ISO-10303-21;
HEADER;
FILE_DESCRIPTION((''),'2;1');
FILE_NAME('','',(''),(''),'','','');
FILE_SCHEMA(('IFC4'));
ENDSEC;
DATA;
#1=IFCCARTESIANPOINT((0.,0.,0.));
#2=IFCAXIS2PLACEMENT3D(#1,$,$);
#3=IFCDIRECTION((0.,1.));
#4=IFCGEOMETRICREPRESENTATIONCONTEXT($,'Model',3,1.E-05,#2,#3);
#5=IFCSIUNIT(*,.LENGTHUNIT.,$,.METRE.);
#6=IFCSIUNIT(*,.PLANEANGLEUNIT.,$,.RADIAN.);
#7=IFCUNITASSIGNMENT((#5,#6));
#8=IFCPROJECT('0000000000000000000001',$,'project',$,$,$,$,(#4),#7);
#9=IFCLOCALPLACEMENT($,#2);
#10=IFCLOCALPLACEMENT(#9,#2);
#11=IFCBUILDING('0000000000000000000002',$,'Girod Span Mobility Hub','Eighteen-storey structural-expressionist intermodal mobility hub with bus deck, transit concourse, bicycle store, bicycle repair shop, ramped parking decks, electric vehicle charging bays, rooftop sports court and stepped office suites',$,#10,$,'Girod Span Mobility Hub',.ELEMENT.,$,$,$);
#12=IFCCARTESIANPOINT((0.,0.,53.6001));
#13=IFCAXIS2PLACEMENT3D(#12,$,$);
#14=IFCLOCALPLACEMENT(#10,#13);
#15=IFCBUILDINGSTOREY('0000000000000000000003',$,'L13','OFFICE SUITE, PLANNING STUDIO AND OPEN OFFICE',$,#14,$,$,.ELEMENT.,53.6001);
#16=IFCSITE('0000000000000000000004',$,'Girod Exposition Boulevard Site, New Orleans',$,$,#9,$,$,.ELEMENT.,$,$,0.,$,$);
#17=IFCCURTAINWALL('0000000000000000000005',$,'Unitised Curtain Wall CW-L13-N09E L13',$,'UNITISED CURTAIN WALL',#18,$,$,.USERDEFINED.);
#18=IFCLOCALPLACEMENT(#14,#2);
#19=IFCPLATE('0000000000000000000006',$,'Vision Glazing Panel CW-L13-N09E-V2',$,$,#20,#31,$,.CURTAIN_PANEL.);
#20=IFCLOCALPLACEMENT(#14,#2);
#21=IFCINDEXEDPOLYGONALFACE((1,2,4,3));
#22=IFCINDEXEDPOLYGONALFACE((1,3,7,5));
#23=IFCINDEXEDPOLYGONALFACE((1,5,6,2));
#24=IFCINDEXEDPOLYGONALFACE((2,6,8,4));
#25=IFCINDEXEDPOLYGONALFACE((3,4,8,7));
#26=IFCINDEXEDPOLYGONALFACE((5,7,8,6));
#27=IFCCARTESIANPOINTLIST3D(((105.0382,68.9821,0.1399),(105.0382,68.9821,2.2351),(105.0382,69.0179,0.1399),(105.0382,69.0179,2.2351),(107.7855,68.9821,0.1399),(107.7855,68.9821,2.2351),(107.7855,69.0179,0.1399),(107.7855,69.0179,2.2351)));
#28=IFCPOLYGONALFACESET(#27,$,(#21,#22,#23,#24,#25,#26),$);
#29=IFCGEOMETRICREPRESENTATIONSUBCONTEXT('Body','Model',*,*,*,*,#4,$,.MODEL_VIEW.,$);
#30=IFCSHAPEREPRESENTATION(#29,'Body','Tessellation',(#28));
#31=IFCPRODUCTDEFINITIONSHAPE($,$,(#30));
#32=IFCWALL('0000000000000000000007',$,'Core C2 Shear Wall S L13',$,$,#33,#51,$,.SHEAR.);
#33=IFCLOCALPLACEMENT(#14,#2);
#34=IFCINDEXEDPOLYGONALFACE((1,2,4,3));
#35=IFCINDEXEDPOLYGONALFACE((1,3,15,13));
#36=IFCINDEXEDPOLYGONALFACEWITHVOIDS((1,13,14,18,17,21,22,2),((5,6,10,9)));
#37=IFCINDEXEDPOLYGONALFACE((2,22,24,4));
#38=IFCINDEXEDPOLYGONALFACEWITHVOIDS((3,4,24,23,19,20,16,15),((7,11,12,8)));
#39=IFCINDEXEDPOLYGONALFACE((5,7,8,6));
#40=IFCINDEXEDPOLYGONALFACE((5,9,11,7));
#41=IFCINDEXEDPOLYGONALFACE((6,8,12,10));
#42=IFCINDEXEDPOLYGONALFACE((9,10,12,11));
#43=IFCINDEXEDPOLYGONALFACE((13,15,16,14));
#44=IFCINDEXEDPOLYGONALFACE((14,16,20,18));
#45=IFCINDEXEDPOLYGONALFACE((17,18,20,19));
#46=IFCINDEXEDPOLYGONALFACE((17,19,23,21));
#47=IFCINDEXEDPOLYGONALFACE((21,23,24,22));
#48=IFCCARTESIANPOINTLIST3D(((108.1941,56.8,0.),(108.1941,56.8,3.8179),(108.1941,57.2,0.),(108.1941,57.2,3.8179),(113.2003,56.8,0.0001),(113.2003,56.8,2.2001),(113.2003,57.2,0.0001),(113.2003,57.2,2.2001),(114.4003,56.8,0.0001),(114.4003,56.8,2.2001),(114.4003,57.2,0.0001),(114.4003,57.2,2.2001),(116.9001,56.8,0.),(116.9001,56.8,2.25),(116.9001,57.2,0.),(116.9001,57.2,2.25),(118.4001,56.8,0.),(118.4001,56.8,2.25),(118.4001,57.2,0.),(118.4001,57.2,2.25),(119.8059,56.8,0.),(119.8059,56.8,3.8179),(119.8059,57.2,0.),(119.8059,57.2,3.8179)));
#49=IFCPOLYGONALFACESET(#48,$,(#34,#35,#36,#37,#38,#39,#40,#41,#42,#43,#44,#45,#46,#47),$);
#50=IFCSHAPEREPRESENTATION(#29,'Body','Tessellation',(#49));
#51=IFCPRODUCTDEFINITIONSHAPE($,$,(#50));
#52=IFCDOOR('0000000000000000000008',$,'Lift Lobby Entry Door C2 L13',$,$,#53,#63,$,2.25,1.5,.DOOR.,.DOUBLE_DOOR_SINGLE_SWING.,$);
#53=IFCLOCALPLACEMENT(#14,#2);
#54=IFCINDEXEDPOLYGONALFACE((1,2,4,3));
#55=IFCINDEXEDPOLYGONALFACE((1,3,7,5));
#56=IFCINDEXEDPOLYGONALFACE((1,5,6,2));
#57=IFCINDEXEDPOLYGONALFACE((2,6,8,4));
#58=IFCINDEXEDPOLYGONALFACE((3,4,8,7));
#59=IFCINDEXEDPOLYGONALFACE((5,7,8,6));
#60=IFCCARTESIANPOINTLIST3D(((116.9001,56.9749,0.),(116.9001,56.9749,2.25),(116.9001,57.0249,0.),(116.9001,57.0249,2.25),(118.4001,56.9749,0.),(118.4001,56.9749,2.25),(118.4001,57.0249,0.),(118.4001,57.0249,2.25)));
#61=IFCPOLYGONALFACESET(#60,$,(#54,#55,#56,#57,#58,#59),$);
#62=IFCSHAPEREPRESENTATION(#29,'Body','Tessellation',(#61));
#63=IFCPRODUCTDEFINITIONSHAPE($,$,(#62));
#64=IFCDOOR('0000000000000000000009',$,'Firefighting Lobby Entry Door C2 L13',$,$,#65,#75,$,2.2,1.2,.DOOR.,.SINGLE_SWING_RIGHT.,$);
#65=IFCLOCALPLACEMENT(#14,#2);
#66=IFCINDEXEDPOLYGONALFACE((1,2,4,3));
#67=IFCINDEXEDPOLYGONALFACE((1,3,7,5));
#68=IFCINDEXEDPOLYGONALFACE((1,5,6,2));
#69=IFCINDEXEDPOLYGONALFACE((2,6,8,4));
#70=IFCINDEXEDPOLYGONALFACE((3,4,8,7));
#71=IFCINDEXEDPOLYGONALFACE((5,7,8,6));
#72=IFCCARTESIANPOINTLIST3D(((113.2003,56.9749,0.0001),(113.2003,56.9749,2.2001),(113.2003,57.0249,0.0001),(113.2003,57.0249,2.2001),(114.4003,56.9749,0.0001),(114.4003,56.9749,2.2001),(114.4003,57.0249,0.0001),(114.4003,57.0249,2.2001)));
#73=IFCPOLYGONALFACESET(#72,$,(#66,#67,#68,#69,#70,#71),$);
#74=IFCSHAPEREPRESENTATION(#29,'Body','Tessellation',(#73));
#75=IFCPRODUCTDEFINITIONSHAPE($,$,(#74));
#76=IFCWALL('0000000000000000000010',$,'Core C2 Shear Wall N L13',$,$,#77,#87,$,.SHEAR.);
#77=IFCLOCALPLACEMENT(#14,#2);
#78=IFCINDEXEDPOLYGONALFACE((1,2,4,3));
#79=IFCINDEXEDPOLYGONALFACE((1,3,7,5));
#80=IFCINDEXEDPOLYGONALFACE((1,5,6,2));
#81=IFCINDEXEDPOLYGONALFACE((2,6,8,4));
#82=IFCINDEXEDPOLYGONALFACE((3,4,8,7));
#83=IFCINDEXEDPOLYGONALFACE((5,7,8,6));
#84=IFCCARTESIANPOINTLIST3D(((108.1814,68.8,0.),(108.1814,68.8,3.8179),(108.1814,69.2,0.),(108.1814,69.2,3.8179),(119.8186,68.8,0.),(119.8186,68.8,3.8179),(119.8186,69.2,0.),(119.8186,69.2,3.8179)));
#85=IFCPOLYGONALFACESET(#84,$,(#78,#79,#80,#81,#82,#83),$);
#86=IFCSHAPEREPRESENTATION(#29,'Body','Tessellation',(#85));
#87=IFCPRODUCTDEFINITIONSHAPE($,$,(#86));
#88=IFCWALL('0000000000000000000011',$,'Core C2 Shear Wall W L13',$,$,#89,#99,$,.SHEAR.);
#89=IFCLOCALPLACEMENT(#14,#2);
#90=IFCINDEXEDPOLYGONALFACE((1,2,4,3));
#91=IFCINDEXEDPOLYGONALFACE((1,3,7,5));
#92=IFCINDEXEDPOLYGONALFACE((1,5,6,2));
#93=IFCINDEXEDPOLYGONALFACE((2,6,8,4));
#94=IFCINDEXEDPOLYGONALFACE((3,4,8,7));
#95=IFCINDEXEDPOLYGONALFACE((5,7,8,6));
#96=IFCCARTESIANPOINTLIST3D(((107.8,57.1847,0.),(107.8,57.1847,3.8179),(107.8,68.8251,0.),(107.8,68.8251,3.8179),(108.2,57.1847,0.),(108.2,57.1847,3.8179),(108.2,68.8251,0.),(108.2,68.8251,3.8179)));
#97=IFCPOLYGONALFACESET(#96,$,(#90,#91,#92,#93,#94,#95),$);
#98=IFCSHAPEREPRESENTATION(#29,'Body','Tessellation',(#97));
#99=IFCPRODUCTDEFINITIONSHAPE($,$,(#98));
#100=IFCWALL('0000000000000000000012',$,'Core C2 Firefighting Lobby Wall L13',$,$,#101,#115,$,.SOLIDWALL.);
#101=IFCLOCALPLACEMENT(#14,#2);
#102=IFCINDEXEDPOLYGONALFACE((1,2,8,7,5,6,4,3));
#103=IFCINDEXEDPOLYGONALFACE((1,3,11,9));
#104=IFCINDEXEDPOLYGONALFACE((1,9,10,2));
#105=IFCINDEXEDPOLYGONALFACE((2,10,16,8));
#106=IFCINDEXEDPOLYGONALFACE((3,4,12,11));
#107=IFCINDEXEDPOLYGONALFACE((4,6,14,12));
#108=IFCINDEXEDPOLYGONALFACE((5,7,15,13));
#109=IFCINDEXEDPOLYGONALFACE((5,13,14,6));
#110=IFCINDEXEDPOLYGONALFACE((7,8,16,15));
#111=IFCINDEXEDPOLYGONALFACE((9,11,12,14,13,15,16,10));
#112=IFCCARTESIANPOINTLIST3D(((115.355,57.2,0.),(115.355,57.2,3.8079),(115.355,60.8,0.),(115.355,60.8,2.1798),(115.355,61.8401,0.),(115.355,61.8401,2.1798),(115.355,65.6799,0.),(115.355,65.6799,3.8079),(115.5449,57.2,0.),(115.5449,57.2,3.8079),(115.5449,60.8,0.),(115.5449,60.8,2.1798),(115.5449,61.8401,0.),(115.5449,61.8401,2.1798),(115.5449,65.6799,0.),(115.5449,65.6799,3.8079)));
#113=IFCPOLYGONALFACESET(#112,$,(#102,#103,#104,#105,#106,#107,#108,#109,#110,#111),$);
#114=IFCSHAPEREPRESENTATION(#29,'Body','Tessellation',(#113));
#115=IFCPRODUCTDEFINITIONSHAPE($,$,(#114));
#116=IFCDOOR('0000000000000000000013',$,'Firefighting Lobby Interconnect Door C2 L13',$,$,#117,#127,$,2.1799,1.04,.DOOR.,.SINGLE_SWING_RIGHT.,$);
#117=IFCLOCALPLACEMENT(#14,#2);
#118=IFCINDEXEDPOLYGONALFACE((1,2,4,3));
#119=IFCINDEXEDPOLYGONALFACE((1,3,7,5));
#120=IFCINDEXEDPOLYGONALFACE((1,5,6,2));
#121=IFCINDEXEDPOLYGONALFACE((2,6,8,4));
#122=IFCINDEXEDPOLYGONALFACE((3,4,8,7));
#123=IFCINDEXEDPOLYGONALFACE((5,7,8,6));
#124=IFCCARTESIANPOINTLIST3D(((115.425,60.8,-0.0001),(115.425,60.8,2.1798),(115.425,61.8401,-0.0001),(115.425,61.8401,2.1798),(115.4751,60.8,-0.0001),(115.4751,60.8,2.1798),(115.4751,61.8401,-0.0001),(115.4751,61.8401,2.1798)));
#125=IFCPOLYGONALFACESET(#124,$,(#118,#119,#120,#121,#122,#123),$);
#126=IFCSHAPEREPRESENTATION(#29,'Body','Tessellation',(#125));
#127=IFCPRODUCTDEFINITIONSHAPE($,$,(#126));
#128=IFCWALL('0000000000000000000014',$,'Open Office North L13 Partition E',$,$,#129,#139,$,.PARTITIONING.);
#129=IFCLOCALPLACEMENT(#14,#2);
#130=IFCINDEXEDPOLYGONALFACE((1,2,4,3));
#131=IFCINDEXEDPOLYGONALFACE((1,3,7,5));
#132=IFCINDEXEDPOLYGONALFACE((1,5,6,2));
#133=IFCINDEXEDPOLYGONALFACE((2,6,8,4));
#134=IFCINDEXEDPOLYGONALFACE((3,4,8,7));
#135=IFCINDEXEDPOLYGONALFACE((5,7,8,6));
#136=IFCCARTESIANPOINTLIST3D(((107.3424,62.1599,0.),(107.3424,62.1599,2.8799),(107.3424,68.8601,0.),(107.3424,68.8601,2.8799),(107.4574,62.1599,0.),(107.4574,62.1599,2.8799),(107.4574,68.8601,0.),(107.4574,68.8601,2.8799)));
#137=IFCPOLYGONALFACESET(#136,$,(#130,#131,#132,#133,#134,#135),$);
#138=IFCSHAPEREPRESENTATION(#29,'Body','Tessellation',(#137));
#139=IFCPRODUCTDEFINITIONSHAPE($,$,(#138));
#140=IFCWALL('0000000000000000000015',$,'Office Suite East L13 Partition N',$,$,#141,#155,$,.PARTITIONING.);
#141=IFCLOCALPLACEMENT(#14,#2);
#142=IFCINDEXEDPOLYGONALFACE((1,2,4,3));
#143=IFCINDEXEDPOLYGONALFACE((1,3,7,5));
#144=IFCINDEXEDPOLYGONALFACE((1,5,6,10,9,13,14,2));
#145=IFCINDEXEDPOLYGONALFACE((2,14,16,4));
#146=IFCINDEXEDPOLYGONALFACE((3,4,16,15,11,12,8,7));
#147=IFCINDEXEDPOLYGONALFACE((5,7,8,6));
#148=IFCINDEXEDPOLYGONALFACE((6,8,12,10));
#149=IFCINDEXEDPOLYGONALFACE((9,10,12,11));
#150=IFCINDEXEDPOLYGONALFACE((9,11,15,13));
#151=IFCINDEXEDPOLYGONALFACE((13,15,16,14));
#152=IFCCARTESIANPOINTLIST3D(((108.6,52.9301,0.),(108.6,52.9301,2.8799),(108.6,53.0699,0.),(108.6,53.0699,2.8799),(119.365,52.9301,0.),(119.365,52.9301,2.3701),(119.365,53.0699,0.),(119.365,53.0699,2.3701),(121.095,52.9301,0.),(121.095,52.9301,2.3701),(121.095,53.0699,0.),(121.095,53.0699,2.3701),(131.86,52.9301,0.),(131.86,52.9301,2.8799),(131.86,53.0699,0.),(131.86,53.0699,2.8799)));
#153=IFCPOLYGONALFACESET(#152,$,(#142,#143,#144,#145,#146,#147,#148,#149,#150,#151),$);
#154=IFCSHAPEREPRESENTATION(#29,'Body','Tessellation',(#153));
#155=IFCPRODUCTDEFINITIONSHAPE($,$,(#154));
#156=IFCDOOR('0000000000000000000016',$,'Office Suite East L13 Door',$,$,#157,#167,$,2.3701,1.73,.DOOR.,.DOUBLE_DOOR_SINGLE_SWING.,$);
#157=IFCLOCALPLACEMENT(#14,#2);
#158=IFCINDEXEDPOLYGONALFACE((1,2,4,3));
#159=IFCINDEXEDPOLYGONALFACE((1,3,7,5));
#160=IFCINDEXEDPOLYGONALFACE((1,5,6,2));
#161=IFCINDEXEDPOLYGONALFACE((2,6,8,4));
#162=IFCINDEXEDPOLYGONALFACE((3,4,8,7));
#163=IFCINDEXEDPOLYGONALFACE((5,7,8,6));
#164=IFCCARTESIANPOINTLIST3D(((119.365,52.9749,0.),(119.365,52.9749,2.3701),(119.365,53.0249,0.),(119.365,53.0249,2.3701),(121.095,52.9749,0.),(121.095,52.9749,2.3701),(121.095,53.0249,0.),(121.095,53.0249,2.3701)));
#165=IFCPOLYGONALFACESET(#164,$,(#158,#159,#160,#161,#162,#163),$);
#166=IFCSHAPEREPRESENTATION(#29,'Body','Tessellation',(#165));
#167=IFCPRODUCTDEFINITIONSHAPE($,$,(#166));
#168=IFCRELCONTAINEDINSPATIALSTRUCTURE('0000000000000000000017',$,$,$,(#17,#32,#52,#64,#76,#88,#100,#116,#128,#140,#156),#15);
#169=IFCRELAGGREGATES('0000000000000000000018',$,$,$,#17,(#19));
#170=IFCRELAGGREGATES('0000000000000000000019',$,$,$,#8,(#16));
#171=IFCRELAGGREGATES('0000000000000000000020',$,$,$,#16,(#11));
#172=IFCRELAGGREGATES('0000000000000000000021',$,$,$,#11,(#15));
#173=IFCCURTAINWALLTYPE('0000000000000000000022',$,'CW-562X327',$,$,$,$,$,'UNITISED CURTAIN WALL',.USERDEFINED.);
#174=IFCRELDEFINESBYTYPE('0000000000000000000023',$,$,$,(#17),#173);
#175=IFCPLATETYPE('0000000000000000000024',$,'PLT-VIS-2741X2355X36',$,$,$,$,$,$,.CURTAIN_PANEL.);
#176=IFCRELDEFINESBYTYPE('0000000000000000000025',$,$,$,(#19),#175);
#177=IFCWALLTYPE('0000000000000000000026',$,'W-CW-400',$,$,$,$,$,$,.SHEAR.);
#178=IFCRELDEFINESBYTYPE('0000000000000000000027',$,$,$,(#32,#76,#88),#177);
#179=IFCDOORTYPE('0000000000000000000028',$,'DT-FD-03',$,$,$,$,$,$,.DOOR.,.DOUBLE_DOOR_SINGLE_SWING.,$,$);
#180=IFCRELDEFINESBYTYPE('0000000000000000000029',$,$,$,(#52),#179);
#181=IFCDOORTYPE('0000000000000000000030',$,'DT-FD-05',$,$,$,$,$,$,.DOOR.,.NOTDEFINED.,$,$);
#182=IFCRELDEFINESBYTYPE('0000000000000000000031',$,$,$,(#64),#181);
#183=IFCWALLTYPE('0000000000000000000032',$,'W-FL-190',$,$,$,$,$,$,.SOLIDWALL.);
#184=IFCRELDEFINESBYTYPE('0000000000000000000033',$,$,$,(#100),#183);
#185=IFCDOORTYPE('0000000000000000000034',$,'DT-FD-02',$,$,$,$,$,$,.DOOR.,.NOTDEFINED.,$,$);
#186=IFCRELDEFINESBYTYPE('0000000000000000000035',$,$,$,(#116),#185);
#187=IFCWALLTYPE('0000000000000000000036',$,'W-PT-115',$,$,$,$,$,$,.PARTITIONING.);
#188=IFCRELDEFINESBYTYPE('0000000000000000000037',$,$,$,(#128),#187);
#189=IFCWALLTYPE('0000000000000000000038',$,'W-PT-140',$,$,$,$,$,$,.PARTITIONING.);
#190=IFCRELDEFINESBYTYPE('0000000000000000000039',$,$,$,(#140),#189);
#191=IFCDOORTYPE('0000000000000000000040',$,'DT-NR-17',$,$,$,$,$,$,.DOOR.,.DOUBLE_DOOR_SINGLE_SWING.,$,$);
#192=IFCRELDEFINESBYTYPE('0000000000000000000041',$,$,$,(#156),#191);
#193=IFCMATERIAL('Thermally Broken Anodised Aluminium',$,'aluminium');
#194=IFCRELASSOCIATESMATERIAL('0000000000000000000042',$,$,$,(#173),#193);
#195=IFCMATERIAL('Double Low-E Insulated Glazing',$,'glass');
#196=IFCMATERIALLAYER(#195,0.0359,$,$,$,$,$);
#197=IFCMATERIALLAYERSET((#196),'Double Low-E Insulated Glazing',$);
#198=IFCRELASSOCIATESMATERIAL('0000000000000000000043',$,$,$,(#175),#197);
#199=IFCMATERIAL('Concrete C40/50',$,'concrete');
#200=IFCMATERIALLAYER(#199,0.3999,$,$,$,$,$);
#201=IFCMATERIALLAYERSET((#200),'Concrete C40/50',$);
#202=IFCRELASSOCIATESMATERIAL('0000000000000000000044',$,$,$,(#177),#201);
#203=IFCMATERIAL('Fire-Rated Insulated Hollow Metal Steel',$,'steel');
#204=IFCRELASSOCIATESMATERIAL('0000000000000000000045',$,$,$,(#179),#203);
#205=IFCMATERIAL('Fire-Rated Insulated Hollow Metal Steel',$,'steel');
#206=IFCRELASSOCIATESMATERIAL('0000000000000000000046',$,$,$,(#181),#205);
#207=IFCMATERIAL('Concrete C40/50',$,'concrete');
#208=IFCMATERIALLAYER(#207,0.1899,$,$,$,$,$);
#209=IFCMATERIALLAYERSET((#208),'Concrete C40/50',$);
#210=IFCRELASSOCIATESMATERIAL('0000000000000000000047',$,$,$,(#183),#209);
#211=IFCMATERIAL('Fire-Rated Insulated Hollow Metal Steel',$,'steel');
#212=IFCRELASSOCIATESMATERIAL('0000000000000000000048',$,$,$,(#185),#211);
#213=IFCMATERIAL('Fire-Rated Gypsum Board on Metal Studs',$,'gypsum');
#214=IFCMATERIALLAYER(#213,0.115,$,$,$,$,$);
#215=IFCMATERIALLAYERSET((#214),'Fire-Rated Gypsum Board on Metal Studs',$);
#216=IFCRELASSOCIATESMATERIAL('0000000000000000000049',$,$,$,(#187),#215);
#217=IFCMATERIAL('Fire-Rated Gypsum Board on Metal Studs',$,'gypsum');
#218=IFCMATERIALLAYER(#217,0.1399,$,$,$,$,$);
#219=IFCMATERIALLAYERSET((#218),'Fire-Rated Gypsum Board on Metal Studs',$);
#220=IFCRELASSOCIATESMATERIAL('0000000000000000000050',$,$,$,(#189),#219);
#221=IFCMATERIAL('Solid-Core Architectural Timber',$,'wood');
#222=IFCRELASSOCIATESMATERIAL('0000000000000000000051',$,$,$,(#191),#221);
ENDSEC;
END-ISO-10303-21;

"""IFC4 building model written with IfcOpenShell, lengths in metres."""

from ifc_helpers import new_model, si_unit, direction, frame, frame_2d, origin, origin_2d, place, context, subcontext, project, spatial, rectangle, extrude, material, layer, layer_set, type_object, element, fill, aggregate, save


model = new_model("IFC4")

# Units and contexts
model_context = context("Model", 3, precision=1e-05, world=origin(), true_north=direction((0.0, 1.0)))
body_context = subcontext(model_context, "Body", "Model", "MODEL_VIEW")
ifc_project = project(units=[si_unit("LENGTHUNIT", "METRE"), si_unit("PLANEANGLEUNIT", "RADIAN")], contexts=[model_context])

# Site, building, storey
site_placement = place(None, origin())
site = spatial("IfcSite", under=ifc_project, at=site_placement, Name="Girod Exposition Boulevard Site, New Orleans", CompositionType="ELEMENT", RefElevation=0.0)
building_placement = place(site_placement, origin())
building = spatial("IfcBuilding", under=site, at=building_placement, Name="Girod Span Mobility Hub", Description="Eighteen-storey structural-expressionist intermodal mobility hub with bus deck, transit concourse, bicycle store, bicycle repair shop, ramped parking decks, electric vehicle charging bays, rooftop sports court and stepped office suites", LongName="Girod Span Mobility Hub", CompositionType="ELEMENT")
storey_placement = place(building_placement, frame((0.0, 0.0, 53.6001)))
storey = spatial("IfcBuildingStorey", under=building, at=storey_placement, Name="L13", Description="OFFICE SUITE, PLANNING STUDIO AND OPEN OFFICE", CompositionType="ELEMENT", Elevation=53.6001)

# Curtain wall, plate
ifc_material_1 = material(Name="Thermally Broken Anodised Aluminium", Category="aluminium")
curtain_wall_type = type_object("IfcCurtainWallType", Name="CW-562X327", ElementType="UNITISED CURTAIN WALL", PredefinedType="USERDEFINED", material=ifc_material_1)
curtain_wall_placement = place(storey_placement, origin())
curtain_wall = element("IfcCurtainWall", 1, at=curtain_wall_placement, inside=storey, type_object=curtain_wall_type, Name="Unitised Curtain Wall CW-L13-N09E L13", ObjectType="UNITISED CURTAIN WALL", PredefinedType="USERDEFINED")
ifc_material_2 = material(Name="Double Low-E Insulated Glazing", Category="glass")
ifc_layer_1 = layer(ifc_material_2, 0.0359)
ifc_layer_set_1 = layer_set([ifc_layer_1], Name="Double Low-E Insulated Glazing")
plate_type = type_object("IfcPlateType", Name="PLT-VIS-2741X2355X36", PredefinedType="CURTAIN_PANEL", material=ifc_layer_set_1)
plate_placement = place(storey_placement, frame((106.4119, 69.0, 0.1399), z_axis=(0.0, 0.0, 1.0), x_axis=(1.0, 0.0, 0.0)))
plate = element("IfcPlate", 2, at=plate_placement, type_object=plate_type, Name="Vision Glazing Panel CW-L13-N09E-V2", PredefinedType="CURTAIN_PANEL", context=body_context, shape_type="SweptSolid", body=[
    extrude(rectangle(XDim=2.7473, YDim=0.0359, at=origin_2d()), origin(), (0.0, 0.0, 1.0), 2.0952),
])
aggregate(curtain_wall, [plate])

# Wall, openings, doors
ifc_material_3 = material(Name="Concrete C40/50", Category="concrete")
ifc_layer_2 = layer(ifc_material_3, 0.3999)
ifc_layer_set_2 = layer_set([ifc_layer_2], Name="Concrete C40/50")
wall_type_1 = type_object("IfcWallType", Name="W-CW-400", PredefinedType="SHEAR", material=ifc_layer_set_2)
wall_1_placement = place(storey_placement, frame((108.1941, 57.0, 0.0), z_axis=(0.0, 0.0, 1.0), x_axis=(1.0, 0.0, 0.0)))
wall_1 = element("IfcWall", 3, at=wall_1_placement, inside=storey, type_object=wall_type_1, Name="Core C2 Shear Wall S L13", PredefinedType="SHEAR", context=body_context, shape_type="SweptSolid", body=[
    extrude(rectangle(XDim=11.6118, YDim=0.3999, at=frame_2d((5.8059, 0.0))), origin(), (0.0, 0.0, 1.0), 3.8179),
])
opening_1_placement = place(wall_1_placement, frame((5.0061, 0.0, 0.0)))
opening_1 = element("IfcOpeningElement", 4, at=opening_1_placement, cuts=wall_1, PredefinedType="OPENING", context=body_context, shape_type="SweptSolid", body=[
    extrude(rectangle(XDim=1.2, YDim=2.2, at=frame_2d((0.6001, 1.1001))), frame((0.0, 0.2148, 0.0), z_axis=(0.0, -1.0, 0.0), x_axis=(1.0, 0.0, 0.0)), (0.0, 0.0, 1.0), 0.4299),
])
opening_2_placement = place(wall_1_placement, frame((8.7061, 0.0, 0.0)))
opening_2 = element("IfcOpeningElement", 5, at=opening_2_placement, cuts=wall_1, PredefinedType="OPENING", context=body_context, shape_type="SweptSolid", body=[
    extrude(rectangle(XDim=1.5, YDim=2.25, at=frame_2d((0.75, 1.125))), frame((0.0, 0.2148, 0.0), z_axis=(0.0, -1.0, 0.0), x_axis=(1.0, 0.0, 0.0)), (0.0, 0.0, 1.0), 0.4299),
])
ifc_material_4 = material(Name="Fire-Rated Insulated Hollow Metal Steel", Category="steel")
door_type_1 = type_object("IfcDoorType", Name="DT-FD-03", OperationType="DOUBLE_DOOR_SINGLE_SWING", PredefinedType="DOOR", material=ifc_material_4)
door_1_placement = place(opening_2_placement, origin())
door_1 = element("IfcDoor", 6, at=door_1_placement, inside=storey, type_object=door_type_1, Name="Lift Lobby Entry Door C2 L13", OperationType="DOUBLE_DOOR_SINGLE_SWING", OverallHeight=2.25, OverallWidth=1.5, PredefinedType="DOOR", context=body_context, shape_type="SweptSolid", body=[
    extrude(rectangle(XDim=1.5, YDim=2.25, at=frame_2d((0.75, 1.125))), frame((0.0, 0.0249, 0.0), z_axis=(0.0, -1.0, 0.0), x_axis=(1.0, 0.0, 0.0)), (0.0, 0.0, 1.0), 0.05),
])
fill(opening_2, door_1)
ifc_material_5 = material(Name="Fire-Rated Insulated Hollow Metal Steel", Category="steel")
door_type_2 = type_object("IfcDoorType", Name="DT-FD-05", OperationType="NOTDEFINED", PredefinedType="DOOR", material=ifc_material_5)
door_2_placement = place(opening_1_placement, origin())
door_2 = element("IfcDoor", 7, at=door_2_placement, inside=storey, type_object=door_type_2, Name="Firefighting Lobby Entry Door C2 L13", OperationType="SINGLE_SWING_RIGHT", OverallHeight=2.2, OverallWidth=1.2, PredefinedType="DOOR", context=body_context, shape_type="SweptSolid", body=[
    extrude(rectangle(XDim=1.2, YDim=2.2, at=frame_2d((0.6001, 1.1001))), frame((0.0, 0.0249, 0.0), z_axis=(0.0, -1.0, 0.0), x_axis=(1.0, 0.0, 0.0)), (0.0, 0.0, 1.0), 0.05),
])
fill(opening_1, door_2)

# Walls
wall_2_placement = place(storey_placement, frame((108.1814, 69.0, 0.0), z_axis=(0.0, 0.0, 1.0), x_axis=(1.0, 0.0, 0.0)))
element("IfcWall", 8, at=wall_2_placement, inside=storey, type_object=wall_type_1, Name="Core C2 Shear Wall N L13", PredefinedType="SHEAR", context=body_context, shape_type="SweptSolid", body=[
    extrude(rectangle(XDim=11.6372, YDim=0.3999, at=frame_2d((5.8186, 0.0))), origin(), (0.0, 0.0, 1.0), 3.8179),
])
wall_3_placement = place(storey_placement, frame((108.0, 57.1846, 0.0), z_axis=(0.0, 0.0, 1.0), x_axis=(0.0, 1.0, 0.0)))
element("IfcWall", 9, at=wall_3_placement, inside=storey, type_object=wall_type_1, Name="Core C2 Shear Wall W L13", PredefinedType="SHEAR", context=body_context, shape_type="SweptSolid", body=[
    extrude(rectangle(XDim=11.6404, YDim=0.3999, at=frame_2d((5.8203, 0.0))), origin(), (0.0, 0.0, 1.0), 3.8179),
])

# Wall, opening, door
ifc_material_6 = material(Name="Concrete C40/50", Category="concrete")
ifc_layer_3 = layer(ifc_material_6, 0.1899)
ifc_layer_set_3 = layer_set([ifc_layer_3], Name="Concrete C40/50")
wall_type_2 = type_object("IfcWallType", Name="W-FL-190", PredefinedType="SOLIDWALL", material=ifc_layer_set_3)
wall_4_placement = place(storey_placement, frame((115.45, 57.2, 0.0), z_axis=(0.0, 0.0, 1.0), x_axis=(0.0, 1.0, 0.0)))
wall_4 = element("IfcWall", 10, at=wall_4_placement, inside=storey, type_object=wall_type_2, Name="Core C2 Firefighting Lobby Wall L13", PredefinedType="SOLIDWALL", context=body_context, shape_type="SweptSolid", body=[
    extrude(rectangle(XDim=8.48, YDim=0.1899, at=frame_2d((4.24, 0.0))), origin(), (0.0, 0.0, 1.0), 3.8079),
])
opening_3_placement = place(wall_4_placement, frame((3.6001, 0.0, 0.0)))
opening_3 = element("IfcOpeningElement", 11, at=opening_3_placement, cuts=wall_4, PredefinedType="OPENING", context=body_context, shape_type="SweptSolid", body=[
    extrude(rectangle(XDim=1.04, YDim=2.1799, at=frame_2d((0.52, 1.0898))), frame((0.0, 0.1099, 0.0), z_axis=(0.0, -1.0, 0.0), x_axis=(1.0, 0.0, 0.0)), (0.0, 0.0, 1.0), 0.22),
])
ifc_material_7 = material(Name="Fire-Rated Insulated Hollow Metal Steel", Category="steel")
door_type_3 = type_object("IfcDoorType", Name="DT-FD-02", OperationType="NOTDEFINED", PredefinedType="DOOR", material=ifc_material_7)
door_3_placement = place(opening_3_placement, origin())
door_3 = element("IfcDoor", 12, at=door_3_placement, inside=storey, type_object=door_type_3, Name="Firefighting Lobby Interconnect Door C2 L13", OperationType="SINGLE_SWING_RIGHT", OverallHeight=2.1799, OverallWidth=1.04, PredefinedType="DOOR", context=body_context, shape_type="SweptSolid", body=[
    extrude(rectangle(XDim=1.04, YDim=2.1799, at=frame_2d((0.52, 1.0898))), frame((0.0, 0.0249, 0.0), z_axis=(0.0, -1.0, 0.0), x_axis=(1.0, 0.0, 0.0)), (0.0, 0.0, 1.0), 0.05),
])
fill(opening_3, door_3)

# Wall
ifc_material_8 = material(Name="Fire-Rated Gypsum Board on Metal Studs", Category="gypsum")
ifc_layer_4 = layer(ifc_material_8, 0.115)
ifc_layer_set_4 = layer_set([ifc_layer_4], Name="Fire-Rated Gypsum Board on Metal Studs")
wall_type_3 = type_object("IfcWallType", Name="W-PT-115", PredefinedType="PARTITIONING", material=ifc_layer_set_4)
wall_5_placement = place(storey_placement, frame((107.3999, 62.1599, 0.0), z_axis=(0.0, 0.0, 1.0), x_axis=(0.0, 1.0, 0.0)))
element("IfcWall", 13, at=wall_5_placement, inside=storey, type_object=wall_type_3, Name="Open Office North L13 Partition E", PredefinedType="PARTITIONING", context=body_context, shape_type="SweptSolid", body=[
    extrude(rectangle(XDim=6.7002, YDim=0.115, at=frame_2d((3.3501, 0.0))), origin(), (0.0, 0.0, 1.0), 2.8799),
])

# Wall, opening, door
ifc_material_9 = material(Name="Fire-Rated Gypsum Board on Metal Studs", Category="gypsum")
ifc_layer_5 = layer(ifc_material_9, 0.1399)
ifc_layer_set_5 = layer_set([ifc_layer_5], Name="Fire-Rated Gypsum Board on Metal Studs")
wall_type_4 = type_object("IfcWallType", Name="W-PT-140", PredefinedType="PARTITIONING", material=ifc_layer_set_5)
wall_6_placement = place(storey_placement, frame((108.6001, 53.0, 0.0), z_axis=(0.0, 0.0, 1.0), x_axis=(1.0, 0.0, 0.0)))
wall_6 = element("IfcWall", 14, at=wall_6_placement, inside=storey, type_object=wall_type_4, Name="Office Suite East L13 Partition N", PredefinedType="PARTITIONING", context=body_context, shape_type="SweptSolid", body=[
    extrude(rectangle(XDim=23.26, YDim=0.1399, at=frame_2d((11.6299, 0.0))), origin(), (0.0, 0.0, 1.0), 2.8799),
])
opening_4_placement = place(wall_6_placement, frame((10.7649, 0.0, 0.0)))
opening_4 = element("IfcOpeningElement", 15, at=opening_4_placement, cuts=wall_6, PredefinedType="OPENING", context=body_context, shape_type="SweptSolid", body=[
    extrude(rectangle(XDim=1.73, YDim=2.3701, at=frame_2d((0.865, 1.1851))), frame((0.0, 0.085, 0.0), z_axis=(0.0, -1.0, 0.0), x_axis=(1.0, 0.0, 0.0)), (0.0, 0.0, 1.0), 0.1699),
])
ifc_material_10 = material(Name="Solid-Core Architectural Timber", Category="wood")
door_type_4 = type_object("IfcDoorType", Name="DT-NR-17", OperationType="DOUBLE_DOOR_SINGLE_SWING", PredefinedType="DOOR", material=ifc_material_10)
door_4_placement = place(opening_4_placement, origin())
door_4 = element("IfcDoor", 16, at=door_4_placement, inside=storey, type_object=door_type_4, Name="Office Suite East L13 Door", OperationType="DOUBLE_DOOR_SINGLE_SWING", OverallHeight=2.3701, OverallWidth=1.73, PredefinedType="DOOR", context=body_context, shape_type="SweptSolid", body=[
    extrude(rectangle(XDim=1.73, YDim=2.3701, at=frame_2d((0.865, 1.1851))), frame((0.0, 0.0249, 0.0), z_axis=(0.0, -1.0, 0.0), x_axis=(1.0, 0.0, 0.0)), (0.0, 0.0, 1.0), 0.05),
])
fill(opening_4, door_4)

save(model, "model.ifc")
